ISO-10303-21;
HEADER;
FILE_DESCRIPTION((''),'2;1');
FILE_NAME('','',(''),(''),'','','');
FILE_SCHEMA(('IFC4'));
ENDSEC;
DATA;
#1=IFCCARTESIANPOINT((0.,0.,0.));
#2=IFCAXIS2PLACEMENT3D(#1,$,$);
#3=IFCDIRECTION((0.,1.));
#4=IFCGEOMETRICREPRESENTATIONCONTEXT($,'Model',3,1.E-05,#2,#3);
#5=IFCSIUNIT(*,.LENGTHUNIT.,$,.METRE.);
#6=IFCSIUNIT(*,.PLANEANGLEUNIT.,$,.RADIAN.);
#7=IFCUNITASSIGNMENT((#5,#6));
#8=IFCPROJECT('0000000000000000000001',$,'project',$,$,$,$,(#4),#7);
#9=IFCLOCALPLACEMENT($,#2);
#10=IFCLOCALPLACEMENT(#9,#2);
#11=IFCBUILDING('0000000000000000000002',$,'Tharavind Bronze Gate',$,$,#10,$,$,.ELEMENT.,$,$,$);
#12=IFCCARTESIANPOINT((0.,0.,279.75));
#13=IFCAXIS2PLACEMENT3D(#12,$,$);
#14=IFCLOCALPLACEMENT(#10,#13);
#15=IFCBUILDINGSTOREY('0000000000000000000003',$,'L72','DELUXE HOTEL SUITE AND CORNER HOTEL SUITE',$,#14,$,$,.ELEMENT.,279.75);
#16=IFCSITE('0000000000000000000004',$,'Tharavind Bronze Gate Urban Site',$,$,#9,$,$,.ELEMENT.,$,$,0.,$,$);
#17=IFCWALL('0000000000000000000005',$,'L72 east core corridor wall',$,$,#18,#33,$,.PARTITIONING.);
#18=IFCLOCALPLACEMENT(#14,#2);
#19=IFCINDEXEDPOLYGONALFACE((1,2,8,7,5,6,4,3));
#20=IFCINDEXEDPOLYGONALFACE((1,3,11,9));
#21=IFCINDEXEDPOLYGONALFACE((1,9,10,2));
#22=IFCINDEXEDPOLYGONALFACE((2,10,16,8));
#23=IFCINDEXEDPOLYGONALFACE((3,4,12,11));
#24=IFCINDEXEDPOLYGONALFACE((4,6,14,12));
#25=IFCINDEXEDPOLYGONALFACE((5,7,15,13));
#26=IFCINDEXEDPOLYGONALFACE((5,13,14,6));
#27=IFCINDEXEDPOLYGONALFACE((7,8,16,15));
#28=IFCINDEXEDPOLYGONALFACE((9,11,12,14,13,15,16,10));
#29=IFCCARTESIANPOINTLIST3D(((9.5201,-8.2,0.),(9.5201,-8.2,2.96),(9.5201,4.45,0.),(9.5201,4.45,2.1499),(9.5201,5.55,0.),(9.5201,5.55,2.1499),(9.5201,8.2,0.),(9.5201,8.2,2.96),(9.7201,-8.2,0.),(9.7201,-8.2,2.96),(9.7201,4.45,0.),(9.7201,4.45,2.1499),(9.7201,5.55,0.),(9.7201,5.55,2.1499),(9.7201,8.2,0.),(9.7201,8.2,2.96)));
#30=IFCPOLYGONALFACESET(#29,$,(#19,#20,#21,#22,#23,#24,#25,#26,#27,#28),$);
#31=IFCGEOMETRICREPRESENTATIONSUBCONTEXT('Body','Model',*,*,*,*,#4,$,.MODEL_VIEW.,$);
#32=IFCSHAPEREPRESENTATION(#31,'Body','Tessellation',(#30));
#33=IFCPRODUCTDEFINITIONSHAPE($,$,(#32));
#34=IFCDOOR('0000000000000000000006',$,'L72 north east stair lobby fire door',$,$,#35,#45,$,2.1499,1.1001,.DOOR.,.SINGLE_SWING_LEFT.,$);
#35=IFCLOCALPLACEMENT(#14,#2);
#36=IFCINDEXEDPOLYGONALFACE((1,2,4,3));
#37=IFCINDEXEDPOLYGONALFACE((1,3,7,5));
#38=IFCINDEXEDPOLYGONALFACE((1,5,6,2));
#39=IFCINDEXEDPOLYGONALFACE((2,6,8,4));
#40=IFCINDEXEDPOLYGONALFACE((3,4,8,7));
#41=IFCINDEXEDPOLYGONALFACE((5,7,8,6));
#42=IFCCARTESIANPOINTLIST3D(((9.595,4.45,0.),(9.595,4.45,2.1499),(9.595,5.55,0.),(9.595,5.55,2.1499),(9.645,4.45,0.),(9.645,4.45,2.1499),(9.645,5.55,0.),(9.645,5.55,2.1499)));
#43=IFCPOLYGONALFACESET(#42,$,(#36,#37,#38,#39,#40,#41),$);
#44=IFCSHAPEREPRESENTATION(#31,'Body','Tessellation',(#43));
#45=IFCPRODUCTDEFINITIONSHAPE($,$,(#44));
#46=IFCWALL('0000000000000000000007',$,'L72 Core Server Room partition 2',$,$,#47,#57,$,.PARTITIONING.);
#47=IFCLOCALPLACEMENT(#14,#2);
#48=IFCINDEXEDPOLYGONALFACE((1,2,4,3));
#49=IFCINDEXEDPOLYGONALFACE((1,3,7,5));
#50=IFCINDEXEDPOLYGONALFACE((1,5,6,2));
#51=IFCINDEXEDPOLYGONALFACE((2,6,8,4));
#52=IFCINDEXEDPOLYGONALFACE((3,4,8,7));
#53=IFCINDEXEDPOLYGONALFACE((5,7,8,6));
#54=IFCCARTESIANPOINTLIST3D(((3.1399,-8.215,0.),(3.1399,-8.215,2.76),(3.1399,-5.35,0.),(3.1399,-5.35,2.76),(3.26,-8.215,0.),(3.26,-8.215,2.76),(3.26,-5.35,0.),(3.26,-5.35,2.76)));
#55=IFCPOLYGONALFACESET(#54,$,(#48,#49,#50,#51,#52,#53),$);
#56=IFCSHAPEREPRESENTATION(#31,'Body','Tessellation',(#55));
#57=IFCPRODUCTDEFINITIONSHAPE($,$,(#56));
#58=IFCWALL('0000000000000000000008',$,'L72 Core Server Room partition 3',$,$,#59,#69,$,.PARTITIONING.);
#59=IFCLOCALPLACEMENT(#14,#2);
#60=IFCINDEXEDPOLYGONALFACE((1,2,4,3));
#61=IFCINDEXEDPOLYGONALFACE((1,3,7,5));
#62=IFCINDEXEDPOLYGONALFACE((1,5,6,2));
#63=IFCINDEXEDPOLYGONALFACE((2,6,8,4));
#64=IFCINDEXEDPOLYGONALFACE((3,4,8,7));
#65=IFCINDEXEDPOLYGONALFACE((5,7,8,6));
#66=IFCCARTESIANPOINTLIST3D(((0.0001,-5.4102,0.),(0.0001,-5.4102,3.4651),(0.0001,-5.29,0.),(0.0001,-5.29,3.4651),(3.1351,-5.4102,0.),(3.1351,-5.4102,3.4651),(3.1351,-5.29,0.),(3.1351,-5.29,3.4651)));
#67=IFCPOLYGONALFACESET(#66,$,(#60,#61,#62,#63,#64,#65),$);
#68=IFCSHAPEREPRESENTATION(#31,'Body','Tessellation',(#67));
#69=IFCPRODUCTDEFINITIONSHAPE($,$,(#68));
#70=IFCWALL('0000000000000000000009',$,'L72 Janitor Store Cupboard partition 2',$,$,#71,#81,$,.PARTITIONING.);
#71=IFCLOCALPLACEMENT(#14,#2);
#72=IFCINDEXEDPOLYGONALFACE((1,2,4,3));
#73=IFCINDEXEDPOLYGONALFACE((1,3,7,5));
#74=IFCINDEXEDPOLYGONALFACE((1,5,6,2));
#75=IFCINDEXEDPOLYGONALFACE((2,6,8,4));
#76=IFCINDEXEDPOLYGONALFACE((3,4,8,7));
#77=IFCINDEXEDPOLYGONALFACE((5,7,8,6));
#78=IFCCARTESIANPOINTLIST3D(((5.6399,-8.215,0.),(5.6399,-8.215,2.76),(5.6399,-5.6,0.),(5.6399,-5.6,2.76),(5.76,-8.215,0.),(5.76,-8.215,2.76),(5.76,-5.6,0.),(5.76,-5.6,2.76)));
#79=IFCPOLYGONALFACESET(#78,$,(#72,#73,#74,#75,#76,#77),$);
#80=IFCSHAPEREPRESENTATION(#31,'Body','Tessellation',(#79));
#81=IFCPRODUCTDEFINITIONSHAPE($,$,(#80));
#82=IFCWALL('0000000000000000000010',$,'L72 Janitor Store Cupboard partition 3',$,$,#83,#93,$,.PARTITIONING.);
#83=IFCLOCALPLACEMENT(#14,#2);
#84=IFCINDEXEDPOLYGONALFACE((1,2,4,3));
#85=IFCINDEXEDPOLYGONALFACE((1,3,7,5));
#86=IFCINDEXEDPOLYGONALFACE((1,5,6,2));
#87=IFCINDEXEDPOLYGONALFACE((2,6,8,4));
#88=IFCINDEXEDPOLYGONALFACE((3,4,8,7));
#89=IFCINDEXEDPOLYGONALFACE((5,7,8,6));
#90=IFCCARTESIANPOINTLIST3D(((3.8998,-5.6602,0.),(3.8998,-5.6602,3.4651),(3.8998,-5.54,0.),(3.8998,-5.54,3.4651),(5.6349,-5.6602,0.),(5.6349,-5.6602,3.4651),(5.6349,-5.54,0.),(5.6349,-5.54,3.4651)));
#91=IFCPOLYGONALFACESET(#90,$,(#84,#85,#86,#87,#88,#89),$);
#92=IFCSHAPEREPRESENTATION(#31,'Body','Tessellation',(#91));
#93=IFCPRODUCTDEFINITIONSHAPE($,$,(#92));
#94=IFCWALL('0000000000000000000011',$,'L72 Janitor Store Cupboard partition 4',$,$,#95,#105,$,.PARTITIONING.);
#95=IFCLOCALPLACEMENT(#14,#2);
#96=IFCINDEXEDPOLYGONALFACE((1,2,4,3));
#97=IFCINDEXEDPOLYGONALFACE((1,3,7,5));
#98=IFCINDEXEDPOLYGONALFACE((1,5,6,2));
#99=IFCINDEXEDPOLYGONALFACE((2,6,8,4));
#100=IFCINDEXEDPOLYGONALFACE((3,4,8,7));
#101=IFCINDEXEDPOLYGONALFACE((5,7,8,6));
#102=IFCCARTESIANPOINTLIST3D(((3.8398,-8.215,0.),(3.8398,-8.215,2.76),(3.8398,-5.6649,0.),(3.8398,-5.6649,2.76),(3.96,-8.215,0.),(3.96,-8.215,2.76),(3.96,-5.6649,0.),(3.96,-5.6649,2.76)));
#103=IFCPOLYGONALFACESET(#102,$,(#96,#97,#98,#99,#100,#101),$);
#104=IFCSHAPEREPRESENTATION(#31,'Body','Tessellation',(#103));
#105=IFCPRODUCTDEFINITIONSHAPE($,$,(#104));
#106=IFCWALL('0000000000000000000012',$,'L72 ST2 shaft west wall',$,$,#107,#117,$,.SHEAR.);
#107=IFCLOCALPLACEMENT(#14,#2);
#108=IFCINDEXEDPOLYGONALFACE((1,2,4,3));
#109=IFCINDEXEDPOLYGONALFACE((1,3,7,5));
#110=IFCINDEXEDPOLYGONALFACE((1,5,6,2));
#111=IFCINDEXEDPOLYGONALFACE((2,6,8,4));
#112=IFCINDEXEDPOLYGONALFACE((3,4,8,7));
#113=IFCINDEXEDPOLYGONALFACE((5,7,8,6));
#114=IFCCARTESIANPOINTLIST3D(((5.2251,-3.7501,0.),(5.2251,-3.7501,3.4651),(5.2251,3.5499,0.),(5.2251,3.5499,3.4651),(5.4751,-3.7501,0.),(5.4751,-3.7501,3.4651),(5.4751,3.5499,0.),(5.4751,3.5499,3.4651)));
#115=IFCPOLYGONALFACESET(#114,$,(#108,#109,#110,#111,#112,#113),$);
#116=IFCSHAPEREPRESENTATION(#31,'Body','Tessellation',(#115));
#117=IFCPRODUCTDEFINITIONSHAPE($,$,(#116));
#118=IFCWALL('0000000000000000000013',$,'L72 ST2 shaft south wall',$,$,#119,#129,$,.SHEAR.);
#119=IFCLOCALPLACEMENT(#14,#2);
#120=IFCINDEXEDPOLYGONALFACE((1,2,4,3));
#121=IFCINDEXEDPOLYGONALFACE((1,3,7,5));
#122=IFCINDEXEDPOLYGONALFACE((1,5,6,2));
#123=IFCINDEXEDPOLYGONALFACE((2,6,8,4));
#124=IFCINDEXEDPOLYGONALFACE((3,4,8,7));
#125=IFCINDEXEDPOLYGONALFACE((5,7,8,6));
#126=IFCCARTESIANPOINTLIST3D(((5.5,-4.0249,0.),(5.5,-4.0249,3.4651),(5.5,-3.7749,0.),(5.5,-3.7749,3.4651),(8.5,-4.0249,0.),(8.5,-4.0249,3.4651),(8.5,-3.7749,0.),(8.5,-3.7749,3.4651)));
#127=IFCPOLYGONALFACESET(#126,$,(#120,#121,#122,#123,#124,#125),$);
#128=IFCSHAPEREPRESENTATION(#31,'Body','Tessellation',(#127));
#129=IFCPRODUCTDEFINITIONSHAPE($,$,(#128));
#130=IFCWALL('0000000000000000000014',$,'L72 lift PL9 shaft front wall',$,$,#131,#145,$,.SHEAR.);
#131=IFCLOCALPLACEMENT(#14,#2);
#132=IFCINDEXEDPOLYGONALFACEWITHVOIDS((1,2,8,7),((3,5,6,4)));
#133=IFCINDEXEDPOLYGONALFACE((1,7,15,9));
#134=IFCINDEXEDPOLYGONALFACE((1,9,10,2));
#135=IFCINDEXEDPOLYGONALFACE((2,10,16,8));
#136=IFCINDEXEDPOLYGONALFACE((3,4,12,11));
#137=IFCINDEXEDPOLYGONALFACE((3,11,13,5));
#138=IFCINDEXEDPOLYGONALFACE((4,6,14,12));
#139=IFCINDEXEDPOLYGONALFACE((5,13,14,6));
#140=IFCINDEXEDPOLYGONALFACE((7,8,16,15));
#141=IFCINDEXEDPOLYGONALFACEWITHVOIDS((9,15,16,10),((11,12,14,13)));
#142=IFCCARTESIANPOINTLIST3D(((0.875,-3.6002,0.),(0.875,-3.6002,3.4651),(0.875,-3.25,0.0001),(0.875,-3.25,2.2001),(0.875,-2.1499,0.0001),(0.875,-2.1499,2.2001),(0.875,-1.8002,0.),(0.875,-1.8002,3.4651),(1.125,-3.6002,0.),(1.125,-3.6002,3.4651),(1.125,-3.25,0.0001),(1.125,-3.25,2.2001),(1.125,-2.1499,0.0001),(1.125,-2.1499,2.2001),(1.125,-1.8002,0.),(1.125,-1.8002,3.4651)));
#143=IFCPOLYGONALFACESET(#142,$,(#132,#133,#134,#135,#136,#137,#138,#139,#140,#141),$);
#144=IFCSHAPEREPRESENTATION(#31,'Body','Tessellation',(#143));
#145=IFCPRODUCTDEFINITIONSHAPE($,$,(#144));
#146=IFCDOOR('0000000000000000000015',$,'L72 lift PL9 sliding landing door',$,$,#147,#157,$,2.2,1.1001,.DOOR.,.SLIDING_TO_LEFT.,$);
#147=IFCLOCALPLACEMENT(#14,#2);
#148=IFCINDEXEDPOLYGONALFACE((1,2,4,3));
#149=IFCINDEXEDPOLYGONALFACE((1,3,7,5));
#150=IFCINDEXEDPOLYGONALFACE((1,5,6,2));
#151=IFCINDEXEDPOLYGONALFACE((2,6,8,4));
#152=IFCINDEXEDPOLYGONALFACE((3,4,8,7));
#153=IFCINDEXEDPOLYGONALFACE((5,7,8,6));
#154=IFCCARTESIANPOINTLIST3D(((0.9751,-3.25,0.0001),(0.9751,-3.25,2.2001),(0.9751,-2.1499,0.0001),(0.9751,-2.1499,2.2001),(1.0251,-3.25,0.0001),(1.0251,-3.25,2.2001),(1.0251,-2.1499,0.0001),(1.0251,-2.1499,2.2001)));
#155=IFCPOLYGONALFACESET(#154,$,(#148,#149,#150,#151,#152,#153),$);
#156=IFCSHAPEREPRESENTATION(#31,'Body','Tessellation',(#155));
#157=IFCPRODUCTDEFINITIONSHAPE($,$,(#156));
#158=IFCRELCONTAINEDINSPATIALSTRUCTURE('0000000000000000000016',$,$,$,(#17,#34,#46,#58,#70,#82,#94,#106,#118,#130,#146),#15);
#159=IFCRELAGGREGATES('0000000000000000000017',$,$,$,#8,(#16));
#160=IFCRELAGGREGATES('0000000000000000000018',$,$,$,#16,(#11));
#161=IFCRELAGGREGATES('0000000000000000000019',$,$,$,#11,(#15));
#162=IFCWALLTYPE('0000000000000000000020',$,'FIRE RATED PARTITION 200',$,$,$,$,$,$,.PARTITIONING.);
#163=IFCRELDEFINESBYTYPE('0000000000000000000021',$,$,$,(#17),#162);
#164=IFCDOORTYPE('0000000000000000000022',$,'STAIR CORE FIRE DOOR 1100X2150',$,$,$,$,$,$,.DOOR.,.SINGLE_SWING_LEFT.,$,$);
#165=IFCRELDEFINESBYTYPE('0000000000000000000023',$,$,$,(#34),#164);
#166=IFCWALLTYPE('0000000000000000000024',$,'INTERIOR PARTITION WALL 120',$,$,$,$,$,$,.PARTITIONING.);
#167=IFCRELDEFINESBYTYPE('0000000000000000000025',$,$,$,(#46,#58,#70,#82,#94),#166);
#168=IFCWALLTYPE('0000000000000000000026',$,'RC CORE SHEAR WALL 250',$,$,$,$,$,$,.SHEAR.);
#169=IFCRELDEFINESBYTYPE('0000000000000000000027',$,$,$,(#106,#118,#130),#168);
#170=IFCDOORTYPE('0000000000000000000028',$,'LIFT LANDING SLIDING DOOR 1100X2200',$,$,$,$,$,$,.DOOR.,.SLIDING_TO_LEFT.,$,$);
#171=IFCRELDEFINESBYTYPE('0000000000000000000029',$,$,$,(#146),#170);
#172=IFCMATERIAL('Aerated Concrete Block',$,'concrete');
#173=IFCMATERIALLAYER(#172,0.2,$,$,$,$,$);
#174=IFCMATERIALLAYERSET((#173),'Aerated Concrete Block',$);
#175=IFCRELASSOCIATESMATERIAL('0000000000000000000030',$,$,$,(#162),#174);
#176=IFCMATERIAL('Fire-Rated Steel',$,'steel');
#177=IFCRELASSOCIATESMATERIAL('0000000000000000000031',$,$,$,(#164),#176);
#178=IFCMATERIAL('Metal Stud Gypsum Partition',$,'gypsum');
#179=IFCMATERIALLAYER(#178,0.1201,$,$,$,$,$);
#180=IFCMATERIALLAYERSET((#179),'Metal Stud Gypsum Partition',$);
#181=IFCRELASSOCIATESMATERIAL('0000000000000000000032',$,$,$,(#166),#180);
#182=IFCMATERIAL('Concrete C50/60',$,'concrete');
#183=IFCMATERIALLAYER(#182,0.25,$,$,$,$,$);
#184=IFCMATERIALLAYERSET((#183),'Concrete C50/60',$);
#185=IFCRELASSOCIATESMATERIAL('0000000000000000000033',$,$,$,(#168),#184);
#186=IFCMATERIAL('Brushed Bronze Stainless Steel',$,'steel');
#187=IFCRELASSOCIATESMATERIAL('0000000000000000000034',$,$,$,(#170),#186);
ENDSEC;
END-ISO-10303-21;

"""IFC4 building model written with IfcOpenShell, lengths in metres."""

from ifc_helpers import new_model, si_unit, direction, frame, frame_2d, origin, place, context, subcontext, project, spatial, rectangle, extrude, material, layer, layer_set, type_object, element, fill, save


model = new_model("IFC4")

# Units and contexts
model_context = context("Model", 3, precision=1e-05, world=origin(), true_north=direction((0.0, 1.0)))
body_context = subcontext(model_context, "Body", "Model", "MODEL_VIEW")
ifc_project = project(units=[si_unit("LENGTHUNIT", "METRE"), si_unit("PLANEANGLEUNIT", "RADIAN")], contexts=[model_context])

# Site, building, storey
site_placement = place(None, origin())
site = spatial("IfcSite", under=ifc_project, at=site_placement, Name="Tharavind Bronze Gate Urban Site", CompositionType="ELEMENT", RefElevation=0.0)
building_placement = place(site_placement, origin())
building = spatial("IfcBuilding", under=site, at=building_placement, Name="Tharavind Bronze Gate", CompositionType="ELEMENT")
storey_placement = place(building_placement, frame((0.0, 0.0, 279.75)))
storey = spatial("IfcBuildingStorey", under=building, at=storey_placement, Name="L72", Description="DELUXE HOTEL SUITE AND CORNER HOTEL SUITE", CompositionType="ELEMENT", Elevation=279.75)

# Shared definitions
ifc_material_1 = material(Name="Concrete C50/60", Category="concrete")

# Wall, opening, door
ifc_material_2 = material(Name="Aerated Concrete Block", Category="concrete")
ifc_layer_1 = layer(ifc_material_2, 0.2)
ifc_layer_set_1 = layer_set([ifc_layer_1], Name="Aerated Concrete Block")
wall_type_1 = type_object("IfcWallType", Name="FIRE RATED PARTITION 200", PredefinedType="PARTITIONING", material=ifc_layer_set_1)
wall_1_placement = place(storey_placement, frame((9.6201, -8.2, 0.0), z_axis=(0.0, 0.0, 1.0), x_axis=(0.0, 1.0, 0.0)))
wall_1 = element("IfcWall", 1, at=wall_1_placement, inside=storey, type_object=wall_type_1, Name="L72 east core corridor wall", PredefinedType="PARTITIONING", context=body_context, shape_type="SweptSolid", body=[
    extrude(rectangle(XDim=16.3999, YDim=0.2, at=frame_2d((8.2, 0.0))), origin(), (0.0, 0.0, 1.0), 2.96),
])
opening_1_placement = place(wall_1_placement, frame((12.6499, 0.0, 0.0)))
opening_1 = element("IfcOpeningElement", 2, at=opening_1_placement, cuts=wall_1, PredefinedType="OPENING", context=body_context, shape_type="SweptSolid", body=[
    extrude(rectangle(XDim=1.1001, YDim=2.1499, at=frame_2d((0.55, 1.075))), frame((0.0, 0.1101, 0.0), z_axis=(0.0, -1.0, 0.0), x_axis=(1.0, 0.0, 0.0)), (0.0, 0.0, 1.0), 0.22),
])
ifc_material_3 = material(Name="Fire-Rated Steel", Category="steel")
door_type_1 = type_object("IfcDoorType", Name="STAIR CORE FIRE DOOR 1100X2150", OperationType="SINGLE_SWING_LEFT", PredefinedType="DOOR", material=ifc_material_3)
door_1_placement = place(opening_1_placement, frame((1.1001, 0.0, 0.0), z_axis=(0.0, 0.0, 1.0), x_axis=(-1.0, 0.0, 0.0)))
door_1 = element("IfcDoor", 3, at=door_1_placement, inside=storey, type_object=door_type_1, Name="L72 north east stair lobby fire door", OperationType="SINGLE_SWING_LEFT", OverallHeight=2.1499, OverallWidth=1.1001, PredefinedType="DOOR", context=body_context, shape_type="SweptSolid", body=[
    extrude(rectangle(XDim=1.1001, YDim=2.1499, at=frame_2d((0.55, 1.075))), frame((0.0, 0.0249, 0.0), z_axis=(0.0, -1.0, 0.0), x_axis=(1.0, 0.0, 0.0)), (0.0, 0.0, 1.0), 0.05),
])
fill(opening_1, door_1)

# Walls
ifc_material_4 = material(Name="Metal Stud Gypsum Partition", Category="gypsum")
ifc_layer_2 = layer(ifc_material_4, 0.1201)
ifc_layer_set_2 = layer_set([ifc_layer_2], Name="Metal Stud Gypsum Partition")
wall_type_2 = type_object("IfcWallType", Name="INTERIOR PARTITION WALL 120", PredefinedType="PARTITIONING", material=ifc_layer_set_2)
wall_2_placement = place(storey_placement, frame((3.2, -8.2151, 0.0), z_axis=(0.0, 0.0, 1.0), x_axis=(0.0, 1.0, 0.0)))
element("IfcWall", 4, at=wall_2_placement, inside=storey, type_object=wall_type_2, Name="L72 Core Server Room partition 2", PredefinedType="PARTITIONING", context=body_context, shape_type="SweptSolid", body=[
    extrude(rectangle(XDim=2.865, YDim=0.1201, at=frame_2d((1.4326, 0.0))), origin(), (0.0, 0.0, 1.0), 2.76),
])
wall_3_placement = place(storey_placement, frame((3.135, -5.3501, 0.0), z_axis=(0.0, 0.0, 1.0), x_axis=(-1.0, 0.0, 0.0)))
element("IfcWall", 5, at=wall_3_placement, inside=storey, type_object=wall_type_2, Name="L72 Core Server Room partition 3", PredefinedType="PARTITIONING", context=body_context, shape_type="SweptSolid", body=[
    extrude(rectangle(XDim=3.135, YDim=0.1201, at=frame_2d((1.5674, 0.0))), origin(), (0.0, 0.0, 1.0), 3.4651),
])
wall_4_placement = place(storey_placement, frame((5.7, -8.2151, 0.0), z_axis=(0.0, 0.0, 1.0), x_axis=(0.0, 1.0, 0.0)))
element("IfcWall", 6, at=wall_4_placement, inside=storey, type_object=wall_type_2, Name="L72 Janitor Store Cupboard partition 2", PredefinedType="PARTITIONING", context=body_context, shape_type="SweptSolid", body=[
    extrude(rectangle(XDim=2.615, YDim=0.1201, at=frame_2d((1.3076, 0.0))), origin(), (0.0, 0.0, 1.0), 2.76),
])
wall_5_placement = place(storey_placement, frame((5.635, -5.6001, 0.0), z_axis=(0.0, 0.0, 1.0), x_axis=(-1.0, 0.0, 0.0)))
element("IfcWall", 7, at=wall_5_placement, inside=storey, type_object=wall_type_2, Name="L72 Janitor Store Cupboard partition 3", PredefinedType="PARTITIONING", context=body_context, shape_type="SweptSolid", body=[
    extrude(rectangle(XDim=1.7351, YDim=0.1201, at=frame_2d((0.8677, 0.0))), origin(), (0.0, 0.0, 1.0), 3.4651),
])
wall_6_placement = place(storey_placement, frame((3.8999, -5.665, 0.0), z_axis=(0.0, 0.0, 1.0), x_axis=(0.0, -1.0, 0.0)))
element("IfcWall", 8, at=wall_6_placement, inside=storey, type_object=wall_type_2, Name="L72 Janitor Store Cupboard partition 4", PredefinedType="PARTITIONING", context=body_context, shape_type="SweptSolid", body=[
    extrude(rectangle(XDim=2.55, YDim=0.1201, at=frame_2d((1.2749, 0.0))), origin(), (0.0, 0.0, 1.0), 2.76),
])
ifc_layer_3 = layer(ifc_material_1, 0.25)
ifc_layer_set_3 = layer_set([ifc_layer_3], Name="Concrete C50/60")
wall_type_3 = type_object("IfcWallType", Name="RC CORE SHEAR WALL 250", PredefinedType="SHEAR", material=ifc_layer_set_3)
wall_7_placement = place(storey_placement, frame((5.3501, -3.75, 0.0), z_axis=(0.0, 0.0, 1.0), x_axis=(0.0, 1.0, 0.0)))
element("IfcWall", 9, at=wall_7_placement, inside=storey, type_object=wall_type_3, Name="L72 ST2 shaft west wall", PredefinedType="SHEAR", context=body_context, shape_type="SweptSolid", body=[
    extrude(rectangle(XDim=7.3, YDim=0.25, at=frame_2d((3.6499, 0.0))), origin(), (0.0, 0.0, 1.0), 3.4651),
])
wall_8_placement = place(storey_placement, frame((5.5, -3.8999, 0.0), z_axis=(0.0, 0.0, 1.0), x_axis=(1.0, 0.0, 0.0)))
element("IfcWall", 10, at=wall_8_placement, inside=storey, type_object=wall_type_3, Name="L72 ST2 shaft south wall", PredefinedType="SHEAR", context=body_context, shape_type="SweptSolid", body=[
    extrude(rectangle(XDim=3.0, YDim=0.25, at=frame_2d((1.5, 0.0))), origin(), (0.0, 0.0, 1.0), 3.4651),
])

# Wall, opening, door
wall_9_placement = place(storey_placement, frame((1.0, -3.6001, 0.0), z_axis=(0.0, 0.0, 1.0), x_axis=(0.0, 1.0, 0.0)))
wall_9 = element("IfcWall", 11, at=wall_9_placement, inside=storey, type_object=wall_type_3, Name="L72 lift PL9 shaft front wall", PredefinedType="SHEAR", context=body_context, shape_type="SweptSolid", body=[
    extrude(rectangle(XDim=1.8, YDim=0.25, at=frame_2d((0.8999, 0.0))), origin(), (0.0, 0.0, 1.0), 3.4651),
])
opening_2_placement = place(wall_9_placement, frame((0.3501, 0.0, 0.0)))
opening_2 = element("IfcOpeningElement", 12, at=opening_2_placement, cuts=wall_9, PredefinedType="OPENING", context=body_context, shape_type="SweptSolid", body=[
    extrude(rectangle(XDim=1.1001, YDim=2.2, at=frame_2d((0.55, 1.1001))), frame((0.0, 0.135, 0.0), z_axis=(0.0, -1.0, 0.0), x_axis=(1.0, 0.0, 0.0)), (0.0, 0.0, 1.0), 0.27),
])
ifc_material_5 = material(Name="Brushed Bronze Stainless Steel", Category="steel")
door_type_2 = type_object("IfcDoorType", Name="LIFT LANDING SLIDING DOOR 1100X2200", OperationType="SLIDING_TO_LEFT", PredefinedType="DOOR", material=ifc_material_5)
door_2_placement = place(opening_2_placement, origin())
door_2 = element("IfcDoor", 13, at=door_2_placement, inside=storey, type_object=door_type_2, Name="L72 lift PL9 sliding landing door", OperationType="SLIDING_TO_LEFT", OverallHeight=2.2, OverallWidth=1.1001, PredefinedType="DOOR", context=body_context, shape_type="SweptSolid", body=[
    extrude(rectangle(XDim=1.1001, YDim=2.2, at=frame_2d((0.55, 1.1001))), frame((0.0, 0.0249, 0.0), z_axis=(0.0, -1.0, 0.0), x_axis=(1.0, 0.0, 0.0)), (0.0, 0.0, 1.0), 0.05),
])
fill(opening_2, door_2)

save(model, "model.ifc")
